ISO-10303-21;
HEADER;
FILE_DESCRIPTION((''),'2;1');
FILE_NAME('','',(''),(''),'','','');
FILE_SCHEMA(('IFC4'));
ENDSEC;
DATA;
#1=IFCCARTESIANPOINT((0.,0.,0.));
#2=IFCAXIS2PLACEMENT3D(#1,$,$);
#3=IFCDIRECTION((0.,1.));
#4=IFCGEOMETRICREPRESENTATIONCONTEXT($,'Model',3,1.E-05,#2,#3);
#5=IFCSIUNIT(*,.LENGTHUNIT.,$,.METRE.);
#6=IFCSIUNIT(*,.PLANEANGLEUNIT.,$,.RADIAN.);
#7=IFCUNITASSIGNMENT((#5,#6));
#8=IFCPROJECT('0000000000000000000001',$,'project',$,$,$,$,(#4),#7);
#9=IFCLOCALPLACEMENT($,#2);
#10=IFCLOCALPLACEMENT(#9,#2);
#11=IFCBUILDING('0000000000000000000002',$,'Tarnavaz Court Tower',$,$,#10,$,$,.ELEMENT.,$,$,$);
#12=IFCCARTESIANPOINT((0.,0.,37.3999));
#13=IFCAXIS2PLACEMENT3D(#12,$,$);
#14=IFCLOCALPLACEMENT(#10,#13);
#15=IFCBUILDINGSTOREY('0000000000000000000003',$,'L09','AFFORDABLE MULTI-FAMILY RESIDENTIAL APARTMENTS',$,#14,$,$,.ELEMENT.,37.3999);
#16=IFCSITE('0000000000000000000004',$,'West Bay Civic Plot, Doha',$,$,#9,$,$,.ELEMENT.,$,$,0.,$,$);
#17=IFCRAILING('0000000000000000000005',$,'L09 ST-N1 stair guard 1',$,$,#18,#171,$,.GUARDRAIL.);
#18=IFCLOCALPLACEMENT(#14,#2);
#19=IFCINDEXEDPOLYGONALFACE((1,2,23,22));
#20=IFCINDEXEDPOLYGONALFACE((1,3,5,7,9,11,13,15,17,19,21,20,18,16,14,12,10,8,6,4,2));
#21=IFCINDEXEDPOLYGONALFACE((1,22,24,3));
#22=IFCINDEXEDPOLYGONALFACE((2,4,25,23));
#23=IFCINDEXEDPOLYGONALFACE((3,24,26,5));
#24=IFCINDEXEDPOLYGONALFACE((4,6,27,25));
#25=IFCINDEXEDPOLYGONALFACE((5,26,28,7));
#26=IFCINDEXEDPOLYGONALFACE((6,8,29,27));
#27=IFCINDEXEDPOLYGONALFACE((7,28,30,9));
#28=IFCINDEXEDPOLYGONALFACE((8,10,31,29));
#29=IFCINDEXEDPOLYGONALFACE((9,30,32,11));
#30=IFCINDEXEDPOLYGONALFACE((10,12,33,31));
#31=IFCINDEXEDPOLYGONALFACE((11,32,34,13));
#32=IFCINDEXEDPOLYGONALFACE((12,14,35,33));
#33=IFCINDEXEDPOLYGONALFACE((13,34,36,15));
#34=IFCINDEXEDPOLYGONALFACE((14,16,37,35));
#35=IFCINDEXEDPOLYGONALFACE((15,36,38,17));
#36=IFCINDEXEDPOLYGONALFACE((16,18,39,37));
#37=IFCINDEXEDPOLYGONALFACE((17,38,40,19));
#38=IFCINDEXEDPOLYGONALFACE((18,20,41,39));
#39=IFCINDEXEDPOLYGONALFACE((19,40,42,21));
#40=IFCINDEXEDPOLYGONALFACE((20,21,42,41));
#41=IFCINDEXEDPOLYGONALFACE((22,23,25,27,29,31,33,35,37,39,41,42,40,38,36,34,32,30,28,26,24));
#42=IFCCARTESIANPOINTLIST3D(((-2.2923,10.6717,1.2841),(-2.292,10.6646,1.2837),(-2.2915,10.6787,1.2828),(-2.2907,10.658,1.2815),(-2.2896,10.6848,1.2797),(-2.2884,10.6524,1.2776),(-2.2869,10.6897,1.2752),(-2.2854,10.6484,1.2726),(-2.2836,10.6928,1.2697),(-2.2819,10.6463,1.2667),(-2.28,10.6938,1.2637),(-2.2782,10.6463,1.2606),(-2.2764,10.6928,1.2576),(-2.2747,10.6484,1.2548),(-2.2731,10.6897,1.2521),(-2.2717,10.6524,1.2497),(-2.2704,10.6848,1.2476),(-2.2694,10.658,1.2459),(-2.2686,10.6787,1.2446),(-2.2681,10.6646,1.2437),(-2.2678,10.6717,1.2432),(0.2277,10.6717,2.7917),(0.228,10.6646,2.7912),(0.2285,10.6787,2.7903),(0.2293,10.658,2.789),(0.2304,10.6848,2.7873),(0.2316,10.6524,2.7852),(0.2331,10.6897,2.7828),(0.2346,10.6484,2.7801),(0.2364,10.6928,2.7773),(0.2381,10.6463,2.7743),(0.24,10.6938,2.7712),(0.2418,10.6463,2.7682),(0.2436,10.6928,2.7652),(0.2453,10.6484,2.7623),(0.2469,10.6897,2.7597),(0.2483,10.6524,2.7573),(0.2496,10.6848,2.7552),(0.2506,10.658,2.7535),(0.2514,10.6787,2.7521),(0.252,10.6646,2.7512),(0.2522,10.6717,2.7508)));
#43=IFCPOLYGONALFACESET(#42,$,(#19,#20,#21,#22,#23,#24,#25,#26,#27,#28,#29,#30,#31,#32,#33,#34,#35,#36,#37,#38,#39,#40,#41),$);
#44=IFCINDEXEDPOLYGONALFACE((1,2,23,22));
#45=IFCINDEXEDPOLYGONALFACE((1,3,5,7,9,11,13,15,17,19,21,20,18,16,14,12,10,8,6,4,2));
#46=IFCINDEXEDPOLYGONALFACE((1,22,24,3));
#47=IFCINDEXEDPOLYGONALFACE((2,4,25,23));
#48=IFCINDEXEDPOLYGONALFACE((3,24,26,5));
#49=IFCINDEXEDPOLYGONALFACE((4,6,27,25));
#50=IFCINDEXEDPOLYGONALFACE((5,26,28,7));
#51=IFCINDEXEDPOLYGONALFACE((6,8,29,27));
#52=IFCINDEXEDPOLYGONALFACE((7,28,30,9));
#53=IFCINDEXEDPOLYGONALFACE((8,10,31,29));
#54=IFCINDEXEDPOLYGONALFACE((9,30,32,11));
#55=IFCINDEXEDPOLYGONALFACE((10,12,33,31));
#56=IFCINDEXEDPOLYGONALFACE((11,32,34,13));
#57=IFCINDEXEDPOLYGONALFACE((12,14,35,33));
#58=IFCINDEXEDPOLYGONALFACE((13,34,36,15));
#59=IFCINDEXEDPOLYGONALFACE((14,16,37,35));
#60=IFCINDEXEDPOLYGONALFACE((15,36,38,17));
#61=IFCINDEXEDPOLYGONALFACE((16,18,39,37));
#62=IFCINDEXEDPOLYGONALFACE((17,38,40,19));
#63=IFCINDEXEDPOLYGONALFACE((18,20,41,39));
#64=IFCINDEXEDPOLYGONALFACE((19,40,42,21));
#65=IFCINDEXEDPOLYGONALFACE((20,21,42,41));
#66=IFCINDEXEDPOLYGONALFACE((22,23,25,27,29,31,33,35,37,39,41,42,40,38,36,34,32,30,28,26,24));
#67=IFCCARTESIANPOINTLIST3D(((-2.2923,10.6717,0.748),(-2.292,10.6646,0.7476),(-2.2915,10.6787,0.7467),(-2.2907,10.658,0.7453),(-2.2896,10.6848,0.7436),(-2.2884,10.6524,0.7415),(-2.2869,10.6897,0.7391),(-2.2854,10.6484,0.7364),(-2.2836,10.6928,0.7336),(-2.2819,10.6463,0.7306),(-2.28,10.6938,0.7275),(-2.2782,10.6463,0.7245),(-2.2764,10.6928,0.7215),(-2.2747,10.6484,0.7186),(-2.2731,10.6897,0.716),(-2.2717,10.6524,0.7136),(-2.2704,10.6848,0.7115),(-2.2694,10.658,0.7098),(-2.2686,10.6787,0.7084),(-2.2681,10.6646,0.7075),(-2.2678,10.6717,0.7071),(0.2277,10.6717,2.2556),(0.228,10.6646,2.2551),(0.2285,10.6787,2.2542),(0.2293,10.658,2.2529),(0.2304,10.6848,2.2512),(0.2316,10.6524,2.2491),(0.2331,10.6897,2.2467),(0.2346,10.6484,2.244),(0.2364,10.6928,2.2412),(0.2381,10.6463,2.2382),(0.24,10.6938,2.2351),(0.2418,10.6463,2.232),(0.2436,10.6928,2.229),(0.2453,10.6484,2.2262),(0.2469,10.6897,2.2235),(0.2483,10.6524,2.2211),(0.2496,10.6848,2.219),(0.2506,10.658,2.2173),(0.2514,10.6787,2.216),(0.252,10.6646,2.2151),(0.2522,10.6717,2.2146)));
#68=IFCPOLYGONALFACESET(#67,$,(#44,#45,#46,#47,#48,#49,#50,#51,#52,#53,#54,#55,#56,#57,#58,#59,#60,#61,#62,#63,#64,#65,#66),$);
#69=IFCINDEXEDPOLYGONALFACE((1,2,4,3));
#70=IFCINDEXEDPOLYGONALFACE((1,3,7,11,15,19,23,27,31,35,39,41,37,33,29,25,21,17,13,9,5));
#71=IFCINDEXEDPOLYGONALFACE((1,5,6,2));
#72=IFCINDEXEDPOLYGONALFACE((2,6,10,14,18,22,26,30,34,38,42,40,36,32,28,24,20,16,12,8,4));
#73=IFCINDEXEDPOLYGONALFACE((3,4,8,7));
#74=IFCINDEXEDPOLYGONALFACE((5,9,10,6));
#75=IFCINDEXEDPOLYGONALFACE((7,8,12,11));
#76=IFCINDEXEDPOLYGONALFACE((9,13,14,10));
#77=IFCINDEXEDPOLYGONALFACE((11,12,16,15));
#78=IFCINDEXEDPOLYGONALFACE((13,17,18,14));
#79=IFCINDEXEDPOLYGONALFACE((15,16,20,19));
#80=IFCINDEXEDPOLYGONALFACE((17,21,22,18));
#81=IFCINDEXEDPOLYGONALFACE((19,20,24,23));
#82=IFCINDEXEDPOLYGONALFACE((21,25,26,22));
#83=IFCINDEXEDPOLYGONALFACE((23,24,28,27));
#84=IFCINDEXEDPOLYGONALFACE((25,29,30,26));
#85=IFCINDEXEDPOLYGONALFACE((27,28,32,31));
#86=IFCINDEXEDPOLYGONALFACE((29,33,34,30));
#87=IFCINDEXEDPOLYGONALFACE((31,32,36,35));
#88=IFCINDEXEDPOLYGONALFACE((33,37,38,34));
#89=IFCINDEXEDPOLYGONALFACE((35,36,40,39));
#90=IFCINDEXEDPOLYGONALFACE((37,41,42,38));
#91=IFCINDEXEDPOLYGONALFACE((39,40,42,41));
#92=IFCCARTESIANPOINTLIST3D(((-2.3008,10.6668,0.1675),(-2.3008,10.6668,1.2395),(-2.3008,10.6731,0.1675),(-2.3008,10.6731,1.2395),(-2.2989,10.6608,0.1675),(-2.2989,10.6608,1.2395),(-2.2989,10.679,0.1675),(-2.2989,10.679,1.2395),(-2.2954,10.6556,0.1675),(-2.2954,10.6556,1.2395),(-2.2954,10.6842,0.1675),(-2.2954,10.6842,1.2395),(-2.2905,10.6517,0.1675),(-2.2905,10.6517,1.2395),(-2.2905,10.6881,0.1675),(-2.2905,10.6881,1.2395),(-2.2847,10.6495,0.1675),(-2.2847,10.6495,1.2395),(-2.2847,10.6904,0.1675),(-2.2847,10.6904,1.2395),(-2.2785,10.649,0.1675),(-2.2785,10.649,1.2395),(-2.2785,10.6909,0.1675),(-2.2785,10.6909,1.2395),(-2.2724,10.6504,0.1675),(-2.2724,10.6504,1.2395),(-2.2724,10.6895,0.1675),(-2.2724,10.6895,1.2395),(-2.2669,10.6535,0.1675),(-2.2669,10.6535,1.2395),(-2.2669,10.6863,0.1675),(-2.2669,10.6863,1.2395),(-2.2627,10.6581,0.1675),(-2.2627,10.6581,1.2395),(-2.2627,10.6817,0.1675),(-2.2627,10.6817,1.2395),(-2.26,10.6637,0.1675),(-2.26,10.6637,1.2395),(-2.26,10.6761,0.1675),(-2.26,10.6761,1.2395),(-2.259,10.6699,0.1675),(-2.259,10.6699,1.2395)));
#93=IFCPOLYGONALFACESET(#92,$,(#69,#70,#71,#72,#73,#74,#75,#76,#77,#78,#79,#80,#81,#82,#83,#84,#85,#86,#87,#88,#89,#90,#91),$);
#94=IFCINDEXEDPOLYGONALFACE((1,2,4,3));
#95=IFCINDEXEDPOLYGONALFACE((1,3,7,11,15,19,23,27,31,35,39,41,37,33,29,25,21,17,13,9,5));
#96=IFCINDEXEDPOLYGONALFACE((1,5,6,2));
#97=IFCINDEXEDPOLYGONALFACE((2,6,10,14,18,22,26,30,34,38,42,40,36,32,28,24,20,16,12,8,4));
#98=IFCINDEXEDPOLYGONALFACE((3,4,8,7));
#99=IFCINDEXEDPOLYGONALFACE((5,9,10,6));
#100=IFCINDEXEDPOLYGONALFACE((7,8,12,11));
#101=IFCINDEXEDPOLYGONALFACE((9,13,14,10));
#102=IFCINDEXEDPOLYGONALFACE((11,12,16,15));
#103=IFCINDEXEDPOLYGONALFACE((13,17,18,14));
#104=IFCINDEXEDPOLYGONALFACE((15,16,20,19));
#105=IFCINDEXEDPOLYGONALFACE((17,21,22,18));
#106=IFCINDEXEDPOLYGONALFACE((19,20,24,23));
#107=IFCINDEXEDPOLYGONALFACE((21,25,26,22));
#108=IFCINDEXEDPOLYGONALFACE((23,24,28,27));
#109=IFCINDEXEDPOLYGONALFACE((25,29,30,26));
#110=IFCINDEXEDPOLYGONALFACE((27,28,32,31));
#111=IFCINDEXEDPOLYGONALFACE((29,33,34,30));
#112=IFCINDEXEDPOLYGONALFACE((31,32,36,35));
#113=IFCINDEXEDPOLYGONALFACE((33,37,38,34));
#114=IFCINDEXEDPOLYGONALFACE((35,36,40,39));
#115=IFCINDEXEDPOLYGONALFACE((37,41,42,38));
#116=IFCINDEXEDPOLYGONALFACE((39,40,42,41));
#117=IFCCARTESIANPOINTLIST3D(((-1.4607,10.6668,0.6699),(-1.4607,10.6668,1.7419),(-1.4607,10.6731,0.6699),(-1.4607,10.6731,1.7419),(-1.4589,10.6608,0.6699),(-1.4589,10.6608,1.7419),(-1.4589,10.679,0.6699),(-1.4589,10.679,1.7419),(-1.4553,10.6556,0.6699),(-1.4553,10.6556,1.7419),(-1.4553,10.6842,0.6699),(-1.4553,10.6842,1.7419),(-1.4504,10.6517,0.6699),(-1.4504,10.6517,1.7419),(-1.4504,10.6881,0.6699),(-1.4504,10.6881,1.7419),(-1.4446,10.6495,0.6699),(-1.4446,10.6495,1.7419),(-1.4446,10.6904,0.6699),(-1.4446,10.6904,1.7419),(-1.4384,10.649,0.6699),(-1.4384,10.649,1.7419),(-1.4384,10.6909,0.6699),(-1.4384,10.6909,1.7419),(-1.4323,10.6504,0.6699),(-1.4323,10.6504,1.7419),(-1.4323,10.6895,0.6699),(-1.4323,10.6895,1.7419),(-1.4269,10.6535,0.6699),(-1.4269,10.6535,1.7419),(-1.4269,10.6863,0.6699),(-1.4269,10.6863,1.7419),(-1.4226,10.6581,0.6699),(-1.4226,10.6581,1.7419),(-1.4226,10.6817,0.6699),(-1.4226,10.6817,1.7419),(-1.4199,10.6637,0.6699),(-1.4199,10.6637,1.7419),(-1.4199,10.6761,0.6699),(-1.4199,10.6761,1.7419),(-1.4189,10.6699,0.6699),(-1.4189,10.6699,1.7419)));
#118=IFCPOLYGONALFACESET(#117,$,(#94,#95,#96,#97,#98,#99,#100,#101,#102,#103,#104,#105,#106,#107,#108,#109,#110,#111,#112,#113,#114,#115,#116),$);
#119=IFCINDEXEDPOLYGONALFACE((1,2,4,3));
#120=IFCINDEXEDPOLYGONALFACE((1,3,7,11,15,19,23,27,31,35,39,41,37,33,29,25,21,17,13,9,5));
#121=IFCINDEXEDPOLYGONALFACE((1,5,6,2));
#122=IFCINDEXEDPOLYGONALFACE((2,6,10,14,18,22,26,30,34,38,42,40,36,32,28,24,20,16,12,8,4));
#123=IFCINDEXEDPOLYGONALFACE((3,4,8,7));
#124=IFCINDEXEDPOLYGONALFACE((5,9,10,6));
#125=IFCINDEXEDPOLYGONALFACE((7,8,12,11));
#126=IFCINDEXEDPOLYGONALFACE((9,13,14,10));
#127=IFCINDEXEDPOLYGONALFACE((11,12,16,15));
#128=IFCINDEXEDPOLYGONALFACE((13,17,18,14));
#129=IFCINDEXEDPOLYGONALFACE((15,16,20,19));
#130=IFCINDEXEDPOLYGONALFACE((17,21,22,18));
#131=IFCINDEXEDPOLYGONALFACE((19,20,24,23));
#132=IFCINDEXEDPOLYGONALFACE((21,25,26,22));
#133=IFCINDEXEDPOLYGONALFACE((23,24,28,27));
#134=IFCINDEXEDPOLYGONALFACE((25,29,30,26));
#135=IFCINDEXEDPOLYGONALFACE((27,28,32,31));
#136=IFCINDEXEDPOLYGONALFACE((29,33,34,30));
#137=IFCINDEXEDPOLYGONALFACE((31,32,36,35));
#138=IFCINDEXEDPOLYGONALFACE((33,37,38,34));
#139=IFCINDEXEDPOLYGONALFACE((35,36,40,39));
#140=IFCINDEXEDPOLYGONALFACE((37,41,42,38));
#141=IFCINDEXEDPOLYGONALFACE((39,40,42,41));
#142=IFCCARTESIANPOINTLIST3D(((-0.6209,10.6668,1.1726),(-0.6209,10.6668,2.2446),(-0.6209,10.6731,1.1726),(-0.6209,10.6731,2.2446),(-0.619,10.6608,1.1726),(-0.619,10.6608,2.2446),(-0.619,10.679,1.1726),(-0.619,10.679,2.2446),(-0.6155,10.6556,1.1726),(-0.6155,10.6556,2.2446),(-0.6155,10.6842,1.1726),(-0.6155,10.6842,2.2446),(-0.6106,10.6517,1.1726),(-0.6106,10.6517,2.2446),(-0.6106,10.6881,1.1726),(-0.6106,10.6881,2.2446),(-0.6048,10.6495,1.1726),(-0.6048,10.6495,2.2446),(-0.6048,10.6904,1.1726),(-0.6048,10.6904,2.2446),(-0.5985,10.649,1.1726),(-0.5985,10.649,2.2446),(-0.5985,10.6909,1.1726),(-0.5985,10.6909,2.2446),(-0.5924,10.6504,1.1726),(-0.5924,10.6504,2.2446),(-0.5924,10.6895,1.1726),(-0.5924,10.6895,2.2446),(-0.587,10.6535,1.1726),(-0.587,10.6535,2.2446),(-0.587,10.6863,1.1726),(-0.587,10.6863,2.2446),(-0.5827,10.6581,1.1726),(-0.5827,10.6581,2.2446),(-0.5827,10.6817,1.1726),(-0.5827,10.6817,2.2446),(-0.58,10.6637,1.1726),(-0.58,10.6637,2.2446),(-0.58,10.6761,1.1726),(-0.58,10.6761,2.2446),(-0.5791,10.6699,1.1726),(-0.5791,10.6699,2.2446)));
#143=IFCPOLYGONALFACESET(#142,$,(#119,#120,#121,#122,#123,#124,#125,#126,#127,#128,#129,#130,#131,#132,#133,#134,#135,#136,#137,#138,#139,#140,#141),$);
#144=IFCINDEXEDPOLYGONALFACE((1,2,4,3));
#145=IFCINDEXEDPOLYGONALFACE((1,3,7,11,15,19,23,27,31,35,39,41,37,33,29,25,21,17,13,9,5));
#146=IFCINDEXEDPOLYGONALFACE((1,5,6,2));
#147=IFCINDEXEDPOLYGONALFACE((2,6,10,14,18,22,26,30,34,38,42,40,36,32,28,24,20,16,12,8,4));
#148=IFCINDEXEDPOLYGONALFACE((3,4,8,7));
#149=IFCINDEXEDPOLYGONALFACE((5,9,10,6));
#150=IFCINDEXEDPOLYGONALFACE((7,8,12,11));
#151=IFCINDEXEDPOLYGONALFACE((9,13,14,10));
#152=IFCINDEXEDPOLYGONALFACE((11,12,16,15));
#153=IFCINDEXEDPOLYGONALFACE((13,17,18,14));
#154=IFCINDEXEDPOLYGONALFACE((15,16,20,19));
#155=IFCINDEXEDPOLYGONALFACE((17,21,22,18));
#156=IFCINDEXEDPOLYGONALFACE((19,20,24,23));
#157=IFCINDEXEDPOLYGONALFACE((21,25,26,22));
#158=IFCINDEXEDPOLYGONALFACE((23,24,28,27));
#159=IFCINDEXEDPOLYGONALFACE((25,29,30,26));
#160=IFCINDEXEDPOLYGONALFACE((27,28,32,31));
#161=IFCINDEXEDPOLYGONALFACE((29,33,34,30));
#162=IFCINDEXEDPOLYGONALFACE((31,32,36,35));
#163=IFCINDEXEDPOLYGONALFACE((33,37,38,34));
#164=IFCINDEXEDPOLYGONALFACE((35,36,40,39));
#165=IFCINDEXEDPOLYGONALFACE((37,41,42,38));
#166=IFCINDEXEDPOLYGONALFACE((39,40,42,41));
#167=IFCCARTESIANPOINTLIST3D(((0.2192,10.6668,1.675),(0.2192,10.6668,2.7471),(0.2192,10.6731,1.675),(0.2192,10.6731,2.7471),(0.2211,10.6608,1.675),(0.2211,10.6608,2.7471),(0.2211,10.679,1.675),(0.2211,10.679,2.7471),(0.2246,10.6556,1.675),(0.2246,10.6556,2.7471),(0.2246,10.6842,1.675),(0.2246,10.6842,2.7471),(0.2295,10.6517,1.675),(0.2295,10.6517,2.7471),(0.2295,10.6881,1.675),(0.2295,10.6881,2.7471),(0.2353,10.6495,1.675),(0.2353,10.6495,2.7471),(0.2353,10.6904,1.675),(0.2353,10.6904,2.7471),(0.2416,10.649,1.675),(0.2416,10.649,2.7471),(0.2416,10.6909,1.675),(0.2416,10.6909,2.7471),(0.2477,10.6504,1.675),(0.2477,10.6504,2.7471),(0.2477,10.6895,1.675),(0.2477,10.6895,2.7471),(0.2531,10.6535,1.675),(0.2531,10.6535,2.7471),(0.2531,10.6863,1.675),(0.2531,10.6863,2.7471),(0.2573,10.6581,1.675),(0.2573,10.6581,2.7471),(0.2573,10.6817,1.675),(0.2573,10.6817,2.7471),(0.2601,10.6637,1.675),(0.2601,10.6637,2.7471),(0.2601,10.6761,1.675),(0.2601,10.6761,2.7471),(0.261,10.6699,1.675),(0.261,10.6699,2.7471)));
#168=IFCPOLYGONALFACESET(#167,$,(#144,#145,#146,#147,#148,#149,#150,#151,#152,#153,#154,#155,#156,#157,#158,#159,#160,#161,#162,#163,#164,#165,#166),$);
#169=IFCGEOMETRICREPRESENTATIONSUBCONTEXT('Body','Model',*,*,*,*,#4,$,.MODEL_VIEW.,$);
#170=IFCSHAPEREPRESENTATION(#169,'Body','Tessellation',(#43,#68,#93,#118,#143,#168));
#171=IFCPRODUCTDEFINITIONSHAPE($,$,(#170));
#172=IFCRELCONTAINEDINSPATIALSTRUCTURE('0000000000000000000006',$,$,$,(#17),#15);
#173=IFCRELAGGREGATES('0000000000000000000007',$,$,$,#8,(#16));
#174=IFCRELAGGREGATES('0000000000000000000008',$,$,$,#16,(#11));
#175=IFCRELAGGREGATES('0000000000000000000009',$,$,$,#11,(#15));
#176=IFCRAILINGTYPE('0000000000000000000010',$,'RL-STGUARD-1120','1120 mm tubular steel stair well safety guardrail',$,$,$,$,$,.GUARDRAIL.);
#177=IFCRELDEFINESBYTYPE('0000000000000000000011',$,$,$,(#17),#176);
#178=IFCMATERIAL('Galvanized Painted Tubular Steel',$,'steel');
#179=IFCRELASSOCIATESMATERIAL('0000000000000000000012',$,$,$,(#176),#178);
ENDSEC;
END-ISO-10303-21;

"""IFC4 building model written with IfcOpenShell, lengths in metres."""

from ifc_helpers import new_model, si_unit, direction, frame, origin, origin_2d, place, context, subcontext, project, spatial, circle, extrude, material, type_object, element, save


model = new_model("IFC4")

# Units and contexts
model_context = context("Model", 3, precision=1e-05, world=origin(), true_north=direction((0.0, 1.0)))
body_context = subcontext(model_context, "Body", "Model", "MODEL_VIEW")
ifc_project = project(units=[si_unit("LENGTHUNIT", "METRE"), si_unit("PLANEANGLEUNIT", "RADIAN")], contexts=[model_context])

# Site, building, storey
site_placement = place(None, origin())
site = spatial("IfcSite", under=ifc_project, at=site_placement, Name="West Bay Civic Plot, Doha", CompositionType="ELEMENT", RefElevation=0.0)
building_placement = place(site_placement, origin())
building = spatial("IfcBuilding", under=site, at=building_placement, Name="Tarnavaz Court Tower", CompositionType="ELEMENT")
storey_placement = place(building_placement, frame((0.0, 0.0, 37.3999)))
storey = spatial("IfcBuildingStorey", under=building, at=storey_placement, Name="L09", Description="AFFORDABLE MULTI-FAMILY RESIDENTIAL APARTMENTS", CompositionType="ELEMENT", Elevation=37.3999)

# Railing
ifc_material_1 = material(Name="Galvanized Painted Tubular Steel", Category="steel")
railing_type_1 = type_object("IfcRailingType", Name="RL-STGUARD-1120", Description="1120 mm tubular steel stair well safety guardrail", PredefinedType="GUARDRAIL", material=ifc_material_1)
railing_1_placement = place(storey_placement, frame((-2.28, 10.6699, 0.1675)))
element("IfcRailing", 1, at=railing_1_placement, inside=storey, type_object=railing_type_1, Name="L09 ST-N1 stair guard 1", PredefinedType="GUARDRAIL", context=body_context, shape_type="SweptSolid", body=[
    extrude(circle(Radius=0.0239, at=origin_2d()), frame((0.0, 0.0, 1.0962), z_axis=(0.85816, 0.0, 0.513383), x_axis=(0.0, 1.0, 0.0)), (0.0, 0.0, 1.0), 2.9365),
    extrude(circle(Radius=0.0239, at=origin_2d()), frame((0.0, 0.0, 0.5601), z_axis=(0.85816, 0.0, 0.513383), x_axis=(0.0, 1.0, 0.0)), (0.0, 0.0, 1.0), 2.9365),
    extrude(circle(Radius=0.021, at=origin_2d()), origin(), (0.0, 0.0, 1.0), 1.072),
    extrude(circle(Radius=0.021, at=origin_2d()), frame((0.8401, 0.0, 0.5024)), (0.0, 0.0, 1.0), 1.072),
    extrude(circle(Radius=0.021, at=origin_2d()), frame((1.6799, 0.0, 1.0051)), (0.0, 0.0, 1.0), 1.072),
    extrude(circle(Radius=0.021, at=origin_2d()), frame((2.52, 0.0, 1.5076)), (0.0, 0.0, 1.0), 1.072),
])

save(model, "model.ifc")
